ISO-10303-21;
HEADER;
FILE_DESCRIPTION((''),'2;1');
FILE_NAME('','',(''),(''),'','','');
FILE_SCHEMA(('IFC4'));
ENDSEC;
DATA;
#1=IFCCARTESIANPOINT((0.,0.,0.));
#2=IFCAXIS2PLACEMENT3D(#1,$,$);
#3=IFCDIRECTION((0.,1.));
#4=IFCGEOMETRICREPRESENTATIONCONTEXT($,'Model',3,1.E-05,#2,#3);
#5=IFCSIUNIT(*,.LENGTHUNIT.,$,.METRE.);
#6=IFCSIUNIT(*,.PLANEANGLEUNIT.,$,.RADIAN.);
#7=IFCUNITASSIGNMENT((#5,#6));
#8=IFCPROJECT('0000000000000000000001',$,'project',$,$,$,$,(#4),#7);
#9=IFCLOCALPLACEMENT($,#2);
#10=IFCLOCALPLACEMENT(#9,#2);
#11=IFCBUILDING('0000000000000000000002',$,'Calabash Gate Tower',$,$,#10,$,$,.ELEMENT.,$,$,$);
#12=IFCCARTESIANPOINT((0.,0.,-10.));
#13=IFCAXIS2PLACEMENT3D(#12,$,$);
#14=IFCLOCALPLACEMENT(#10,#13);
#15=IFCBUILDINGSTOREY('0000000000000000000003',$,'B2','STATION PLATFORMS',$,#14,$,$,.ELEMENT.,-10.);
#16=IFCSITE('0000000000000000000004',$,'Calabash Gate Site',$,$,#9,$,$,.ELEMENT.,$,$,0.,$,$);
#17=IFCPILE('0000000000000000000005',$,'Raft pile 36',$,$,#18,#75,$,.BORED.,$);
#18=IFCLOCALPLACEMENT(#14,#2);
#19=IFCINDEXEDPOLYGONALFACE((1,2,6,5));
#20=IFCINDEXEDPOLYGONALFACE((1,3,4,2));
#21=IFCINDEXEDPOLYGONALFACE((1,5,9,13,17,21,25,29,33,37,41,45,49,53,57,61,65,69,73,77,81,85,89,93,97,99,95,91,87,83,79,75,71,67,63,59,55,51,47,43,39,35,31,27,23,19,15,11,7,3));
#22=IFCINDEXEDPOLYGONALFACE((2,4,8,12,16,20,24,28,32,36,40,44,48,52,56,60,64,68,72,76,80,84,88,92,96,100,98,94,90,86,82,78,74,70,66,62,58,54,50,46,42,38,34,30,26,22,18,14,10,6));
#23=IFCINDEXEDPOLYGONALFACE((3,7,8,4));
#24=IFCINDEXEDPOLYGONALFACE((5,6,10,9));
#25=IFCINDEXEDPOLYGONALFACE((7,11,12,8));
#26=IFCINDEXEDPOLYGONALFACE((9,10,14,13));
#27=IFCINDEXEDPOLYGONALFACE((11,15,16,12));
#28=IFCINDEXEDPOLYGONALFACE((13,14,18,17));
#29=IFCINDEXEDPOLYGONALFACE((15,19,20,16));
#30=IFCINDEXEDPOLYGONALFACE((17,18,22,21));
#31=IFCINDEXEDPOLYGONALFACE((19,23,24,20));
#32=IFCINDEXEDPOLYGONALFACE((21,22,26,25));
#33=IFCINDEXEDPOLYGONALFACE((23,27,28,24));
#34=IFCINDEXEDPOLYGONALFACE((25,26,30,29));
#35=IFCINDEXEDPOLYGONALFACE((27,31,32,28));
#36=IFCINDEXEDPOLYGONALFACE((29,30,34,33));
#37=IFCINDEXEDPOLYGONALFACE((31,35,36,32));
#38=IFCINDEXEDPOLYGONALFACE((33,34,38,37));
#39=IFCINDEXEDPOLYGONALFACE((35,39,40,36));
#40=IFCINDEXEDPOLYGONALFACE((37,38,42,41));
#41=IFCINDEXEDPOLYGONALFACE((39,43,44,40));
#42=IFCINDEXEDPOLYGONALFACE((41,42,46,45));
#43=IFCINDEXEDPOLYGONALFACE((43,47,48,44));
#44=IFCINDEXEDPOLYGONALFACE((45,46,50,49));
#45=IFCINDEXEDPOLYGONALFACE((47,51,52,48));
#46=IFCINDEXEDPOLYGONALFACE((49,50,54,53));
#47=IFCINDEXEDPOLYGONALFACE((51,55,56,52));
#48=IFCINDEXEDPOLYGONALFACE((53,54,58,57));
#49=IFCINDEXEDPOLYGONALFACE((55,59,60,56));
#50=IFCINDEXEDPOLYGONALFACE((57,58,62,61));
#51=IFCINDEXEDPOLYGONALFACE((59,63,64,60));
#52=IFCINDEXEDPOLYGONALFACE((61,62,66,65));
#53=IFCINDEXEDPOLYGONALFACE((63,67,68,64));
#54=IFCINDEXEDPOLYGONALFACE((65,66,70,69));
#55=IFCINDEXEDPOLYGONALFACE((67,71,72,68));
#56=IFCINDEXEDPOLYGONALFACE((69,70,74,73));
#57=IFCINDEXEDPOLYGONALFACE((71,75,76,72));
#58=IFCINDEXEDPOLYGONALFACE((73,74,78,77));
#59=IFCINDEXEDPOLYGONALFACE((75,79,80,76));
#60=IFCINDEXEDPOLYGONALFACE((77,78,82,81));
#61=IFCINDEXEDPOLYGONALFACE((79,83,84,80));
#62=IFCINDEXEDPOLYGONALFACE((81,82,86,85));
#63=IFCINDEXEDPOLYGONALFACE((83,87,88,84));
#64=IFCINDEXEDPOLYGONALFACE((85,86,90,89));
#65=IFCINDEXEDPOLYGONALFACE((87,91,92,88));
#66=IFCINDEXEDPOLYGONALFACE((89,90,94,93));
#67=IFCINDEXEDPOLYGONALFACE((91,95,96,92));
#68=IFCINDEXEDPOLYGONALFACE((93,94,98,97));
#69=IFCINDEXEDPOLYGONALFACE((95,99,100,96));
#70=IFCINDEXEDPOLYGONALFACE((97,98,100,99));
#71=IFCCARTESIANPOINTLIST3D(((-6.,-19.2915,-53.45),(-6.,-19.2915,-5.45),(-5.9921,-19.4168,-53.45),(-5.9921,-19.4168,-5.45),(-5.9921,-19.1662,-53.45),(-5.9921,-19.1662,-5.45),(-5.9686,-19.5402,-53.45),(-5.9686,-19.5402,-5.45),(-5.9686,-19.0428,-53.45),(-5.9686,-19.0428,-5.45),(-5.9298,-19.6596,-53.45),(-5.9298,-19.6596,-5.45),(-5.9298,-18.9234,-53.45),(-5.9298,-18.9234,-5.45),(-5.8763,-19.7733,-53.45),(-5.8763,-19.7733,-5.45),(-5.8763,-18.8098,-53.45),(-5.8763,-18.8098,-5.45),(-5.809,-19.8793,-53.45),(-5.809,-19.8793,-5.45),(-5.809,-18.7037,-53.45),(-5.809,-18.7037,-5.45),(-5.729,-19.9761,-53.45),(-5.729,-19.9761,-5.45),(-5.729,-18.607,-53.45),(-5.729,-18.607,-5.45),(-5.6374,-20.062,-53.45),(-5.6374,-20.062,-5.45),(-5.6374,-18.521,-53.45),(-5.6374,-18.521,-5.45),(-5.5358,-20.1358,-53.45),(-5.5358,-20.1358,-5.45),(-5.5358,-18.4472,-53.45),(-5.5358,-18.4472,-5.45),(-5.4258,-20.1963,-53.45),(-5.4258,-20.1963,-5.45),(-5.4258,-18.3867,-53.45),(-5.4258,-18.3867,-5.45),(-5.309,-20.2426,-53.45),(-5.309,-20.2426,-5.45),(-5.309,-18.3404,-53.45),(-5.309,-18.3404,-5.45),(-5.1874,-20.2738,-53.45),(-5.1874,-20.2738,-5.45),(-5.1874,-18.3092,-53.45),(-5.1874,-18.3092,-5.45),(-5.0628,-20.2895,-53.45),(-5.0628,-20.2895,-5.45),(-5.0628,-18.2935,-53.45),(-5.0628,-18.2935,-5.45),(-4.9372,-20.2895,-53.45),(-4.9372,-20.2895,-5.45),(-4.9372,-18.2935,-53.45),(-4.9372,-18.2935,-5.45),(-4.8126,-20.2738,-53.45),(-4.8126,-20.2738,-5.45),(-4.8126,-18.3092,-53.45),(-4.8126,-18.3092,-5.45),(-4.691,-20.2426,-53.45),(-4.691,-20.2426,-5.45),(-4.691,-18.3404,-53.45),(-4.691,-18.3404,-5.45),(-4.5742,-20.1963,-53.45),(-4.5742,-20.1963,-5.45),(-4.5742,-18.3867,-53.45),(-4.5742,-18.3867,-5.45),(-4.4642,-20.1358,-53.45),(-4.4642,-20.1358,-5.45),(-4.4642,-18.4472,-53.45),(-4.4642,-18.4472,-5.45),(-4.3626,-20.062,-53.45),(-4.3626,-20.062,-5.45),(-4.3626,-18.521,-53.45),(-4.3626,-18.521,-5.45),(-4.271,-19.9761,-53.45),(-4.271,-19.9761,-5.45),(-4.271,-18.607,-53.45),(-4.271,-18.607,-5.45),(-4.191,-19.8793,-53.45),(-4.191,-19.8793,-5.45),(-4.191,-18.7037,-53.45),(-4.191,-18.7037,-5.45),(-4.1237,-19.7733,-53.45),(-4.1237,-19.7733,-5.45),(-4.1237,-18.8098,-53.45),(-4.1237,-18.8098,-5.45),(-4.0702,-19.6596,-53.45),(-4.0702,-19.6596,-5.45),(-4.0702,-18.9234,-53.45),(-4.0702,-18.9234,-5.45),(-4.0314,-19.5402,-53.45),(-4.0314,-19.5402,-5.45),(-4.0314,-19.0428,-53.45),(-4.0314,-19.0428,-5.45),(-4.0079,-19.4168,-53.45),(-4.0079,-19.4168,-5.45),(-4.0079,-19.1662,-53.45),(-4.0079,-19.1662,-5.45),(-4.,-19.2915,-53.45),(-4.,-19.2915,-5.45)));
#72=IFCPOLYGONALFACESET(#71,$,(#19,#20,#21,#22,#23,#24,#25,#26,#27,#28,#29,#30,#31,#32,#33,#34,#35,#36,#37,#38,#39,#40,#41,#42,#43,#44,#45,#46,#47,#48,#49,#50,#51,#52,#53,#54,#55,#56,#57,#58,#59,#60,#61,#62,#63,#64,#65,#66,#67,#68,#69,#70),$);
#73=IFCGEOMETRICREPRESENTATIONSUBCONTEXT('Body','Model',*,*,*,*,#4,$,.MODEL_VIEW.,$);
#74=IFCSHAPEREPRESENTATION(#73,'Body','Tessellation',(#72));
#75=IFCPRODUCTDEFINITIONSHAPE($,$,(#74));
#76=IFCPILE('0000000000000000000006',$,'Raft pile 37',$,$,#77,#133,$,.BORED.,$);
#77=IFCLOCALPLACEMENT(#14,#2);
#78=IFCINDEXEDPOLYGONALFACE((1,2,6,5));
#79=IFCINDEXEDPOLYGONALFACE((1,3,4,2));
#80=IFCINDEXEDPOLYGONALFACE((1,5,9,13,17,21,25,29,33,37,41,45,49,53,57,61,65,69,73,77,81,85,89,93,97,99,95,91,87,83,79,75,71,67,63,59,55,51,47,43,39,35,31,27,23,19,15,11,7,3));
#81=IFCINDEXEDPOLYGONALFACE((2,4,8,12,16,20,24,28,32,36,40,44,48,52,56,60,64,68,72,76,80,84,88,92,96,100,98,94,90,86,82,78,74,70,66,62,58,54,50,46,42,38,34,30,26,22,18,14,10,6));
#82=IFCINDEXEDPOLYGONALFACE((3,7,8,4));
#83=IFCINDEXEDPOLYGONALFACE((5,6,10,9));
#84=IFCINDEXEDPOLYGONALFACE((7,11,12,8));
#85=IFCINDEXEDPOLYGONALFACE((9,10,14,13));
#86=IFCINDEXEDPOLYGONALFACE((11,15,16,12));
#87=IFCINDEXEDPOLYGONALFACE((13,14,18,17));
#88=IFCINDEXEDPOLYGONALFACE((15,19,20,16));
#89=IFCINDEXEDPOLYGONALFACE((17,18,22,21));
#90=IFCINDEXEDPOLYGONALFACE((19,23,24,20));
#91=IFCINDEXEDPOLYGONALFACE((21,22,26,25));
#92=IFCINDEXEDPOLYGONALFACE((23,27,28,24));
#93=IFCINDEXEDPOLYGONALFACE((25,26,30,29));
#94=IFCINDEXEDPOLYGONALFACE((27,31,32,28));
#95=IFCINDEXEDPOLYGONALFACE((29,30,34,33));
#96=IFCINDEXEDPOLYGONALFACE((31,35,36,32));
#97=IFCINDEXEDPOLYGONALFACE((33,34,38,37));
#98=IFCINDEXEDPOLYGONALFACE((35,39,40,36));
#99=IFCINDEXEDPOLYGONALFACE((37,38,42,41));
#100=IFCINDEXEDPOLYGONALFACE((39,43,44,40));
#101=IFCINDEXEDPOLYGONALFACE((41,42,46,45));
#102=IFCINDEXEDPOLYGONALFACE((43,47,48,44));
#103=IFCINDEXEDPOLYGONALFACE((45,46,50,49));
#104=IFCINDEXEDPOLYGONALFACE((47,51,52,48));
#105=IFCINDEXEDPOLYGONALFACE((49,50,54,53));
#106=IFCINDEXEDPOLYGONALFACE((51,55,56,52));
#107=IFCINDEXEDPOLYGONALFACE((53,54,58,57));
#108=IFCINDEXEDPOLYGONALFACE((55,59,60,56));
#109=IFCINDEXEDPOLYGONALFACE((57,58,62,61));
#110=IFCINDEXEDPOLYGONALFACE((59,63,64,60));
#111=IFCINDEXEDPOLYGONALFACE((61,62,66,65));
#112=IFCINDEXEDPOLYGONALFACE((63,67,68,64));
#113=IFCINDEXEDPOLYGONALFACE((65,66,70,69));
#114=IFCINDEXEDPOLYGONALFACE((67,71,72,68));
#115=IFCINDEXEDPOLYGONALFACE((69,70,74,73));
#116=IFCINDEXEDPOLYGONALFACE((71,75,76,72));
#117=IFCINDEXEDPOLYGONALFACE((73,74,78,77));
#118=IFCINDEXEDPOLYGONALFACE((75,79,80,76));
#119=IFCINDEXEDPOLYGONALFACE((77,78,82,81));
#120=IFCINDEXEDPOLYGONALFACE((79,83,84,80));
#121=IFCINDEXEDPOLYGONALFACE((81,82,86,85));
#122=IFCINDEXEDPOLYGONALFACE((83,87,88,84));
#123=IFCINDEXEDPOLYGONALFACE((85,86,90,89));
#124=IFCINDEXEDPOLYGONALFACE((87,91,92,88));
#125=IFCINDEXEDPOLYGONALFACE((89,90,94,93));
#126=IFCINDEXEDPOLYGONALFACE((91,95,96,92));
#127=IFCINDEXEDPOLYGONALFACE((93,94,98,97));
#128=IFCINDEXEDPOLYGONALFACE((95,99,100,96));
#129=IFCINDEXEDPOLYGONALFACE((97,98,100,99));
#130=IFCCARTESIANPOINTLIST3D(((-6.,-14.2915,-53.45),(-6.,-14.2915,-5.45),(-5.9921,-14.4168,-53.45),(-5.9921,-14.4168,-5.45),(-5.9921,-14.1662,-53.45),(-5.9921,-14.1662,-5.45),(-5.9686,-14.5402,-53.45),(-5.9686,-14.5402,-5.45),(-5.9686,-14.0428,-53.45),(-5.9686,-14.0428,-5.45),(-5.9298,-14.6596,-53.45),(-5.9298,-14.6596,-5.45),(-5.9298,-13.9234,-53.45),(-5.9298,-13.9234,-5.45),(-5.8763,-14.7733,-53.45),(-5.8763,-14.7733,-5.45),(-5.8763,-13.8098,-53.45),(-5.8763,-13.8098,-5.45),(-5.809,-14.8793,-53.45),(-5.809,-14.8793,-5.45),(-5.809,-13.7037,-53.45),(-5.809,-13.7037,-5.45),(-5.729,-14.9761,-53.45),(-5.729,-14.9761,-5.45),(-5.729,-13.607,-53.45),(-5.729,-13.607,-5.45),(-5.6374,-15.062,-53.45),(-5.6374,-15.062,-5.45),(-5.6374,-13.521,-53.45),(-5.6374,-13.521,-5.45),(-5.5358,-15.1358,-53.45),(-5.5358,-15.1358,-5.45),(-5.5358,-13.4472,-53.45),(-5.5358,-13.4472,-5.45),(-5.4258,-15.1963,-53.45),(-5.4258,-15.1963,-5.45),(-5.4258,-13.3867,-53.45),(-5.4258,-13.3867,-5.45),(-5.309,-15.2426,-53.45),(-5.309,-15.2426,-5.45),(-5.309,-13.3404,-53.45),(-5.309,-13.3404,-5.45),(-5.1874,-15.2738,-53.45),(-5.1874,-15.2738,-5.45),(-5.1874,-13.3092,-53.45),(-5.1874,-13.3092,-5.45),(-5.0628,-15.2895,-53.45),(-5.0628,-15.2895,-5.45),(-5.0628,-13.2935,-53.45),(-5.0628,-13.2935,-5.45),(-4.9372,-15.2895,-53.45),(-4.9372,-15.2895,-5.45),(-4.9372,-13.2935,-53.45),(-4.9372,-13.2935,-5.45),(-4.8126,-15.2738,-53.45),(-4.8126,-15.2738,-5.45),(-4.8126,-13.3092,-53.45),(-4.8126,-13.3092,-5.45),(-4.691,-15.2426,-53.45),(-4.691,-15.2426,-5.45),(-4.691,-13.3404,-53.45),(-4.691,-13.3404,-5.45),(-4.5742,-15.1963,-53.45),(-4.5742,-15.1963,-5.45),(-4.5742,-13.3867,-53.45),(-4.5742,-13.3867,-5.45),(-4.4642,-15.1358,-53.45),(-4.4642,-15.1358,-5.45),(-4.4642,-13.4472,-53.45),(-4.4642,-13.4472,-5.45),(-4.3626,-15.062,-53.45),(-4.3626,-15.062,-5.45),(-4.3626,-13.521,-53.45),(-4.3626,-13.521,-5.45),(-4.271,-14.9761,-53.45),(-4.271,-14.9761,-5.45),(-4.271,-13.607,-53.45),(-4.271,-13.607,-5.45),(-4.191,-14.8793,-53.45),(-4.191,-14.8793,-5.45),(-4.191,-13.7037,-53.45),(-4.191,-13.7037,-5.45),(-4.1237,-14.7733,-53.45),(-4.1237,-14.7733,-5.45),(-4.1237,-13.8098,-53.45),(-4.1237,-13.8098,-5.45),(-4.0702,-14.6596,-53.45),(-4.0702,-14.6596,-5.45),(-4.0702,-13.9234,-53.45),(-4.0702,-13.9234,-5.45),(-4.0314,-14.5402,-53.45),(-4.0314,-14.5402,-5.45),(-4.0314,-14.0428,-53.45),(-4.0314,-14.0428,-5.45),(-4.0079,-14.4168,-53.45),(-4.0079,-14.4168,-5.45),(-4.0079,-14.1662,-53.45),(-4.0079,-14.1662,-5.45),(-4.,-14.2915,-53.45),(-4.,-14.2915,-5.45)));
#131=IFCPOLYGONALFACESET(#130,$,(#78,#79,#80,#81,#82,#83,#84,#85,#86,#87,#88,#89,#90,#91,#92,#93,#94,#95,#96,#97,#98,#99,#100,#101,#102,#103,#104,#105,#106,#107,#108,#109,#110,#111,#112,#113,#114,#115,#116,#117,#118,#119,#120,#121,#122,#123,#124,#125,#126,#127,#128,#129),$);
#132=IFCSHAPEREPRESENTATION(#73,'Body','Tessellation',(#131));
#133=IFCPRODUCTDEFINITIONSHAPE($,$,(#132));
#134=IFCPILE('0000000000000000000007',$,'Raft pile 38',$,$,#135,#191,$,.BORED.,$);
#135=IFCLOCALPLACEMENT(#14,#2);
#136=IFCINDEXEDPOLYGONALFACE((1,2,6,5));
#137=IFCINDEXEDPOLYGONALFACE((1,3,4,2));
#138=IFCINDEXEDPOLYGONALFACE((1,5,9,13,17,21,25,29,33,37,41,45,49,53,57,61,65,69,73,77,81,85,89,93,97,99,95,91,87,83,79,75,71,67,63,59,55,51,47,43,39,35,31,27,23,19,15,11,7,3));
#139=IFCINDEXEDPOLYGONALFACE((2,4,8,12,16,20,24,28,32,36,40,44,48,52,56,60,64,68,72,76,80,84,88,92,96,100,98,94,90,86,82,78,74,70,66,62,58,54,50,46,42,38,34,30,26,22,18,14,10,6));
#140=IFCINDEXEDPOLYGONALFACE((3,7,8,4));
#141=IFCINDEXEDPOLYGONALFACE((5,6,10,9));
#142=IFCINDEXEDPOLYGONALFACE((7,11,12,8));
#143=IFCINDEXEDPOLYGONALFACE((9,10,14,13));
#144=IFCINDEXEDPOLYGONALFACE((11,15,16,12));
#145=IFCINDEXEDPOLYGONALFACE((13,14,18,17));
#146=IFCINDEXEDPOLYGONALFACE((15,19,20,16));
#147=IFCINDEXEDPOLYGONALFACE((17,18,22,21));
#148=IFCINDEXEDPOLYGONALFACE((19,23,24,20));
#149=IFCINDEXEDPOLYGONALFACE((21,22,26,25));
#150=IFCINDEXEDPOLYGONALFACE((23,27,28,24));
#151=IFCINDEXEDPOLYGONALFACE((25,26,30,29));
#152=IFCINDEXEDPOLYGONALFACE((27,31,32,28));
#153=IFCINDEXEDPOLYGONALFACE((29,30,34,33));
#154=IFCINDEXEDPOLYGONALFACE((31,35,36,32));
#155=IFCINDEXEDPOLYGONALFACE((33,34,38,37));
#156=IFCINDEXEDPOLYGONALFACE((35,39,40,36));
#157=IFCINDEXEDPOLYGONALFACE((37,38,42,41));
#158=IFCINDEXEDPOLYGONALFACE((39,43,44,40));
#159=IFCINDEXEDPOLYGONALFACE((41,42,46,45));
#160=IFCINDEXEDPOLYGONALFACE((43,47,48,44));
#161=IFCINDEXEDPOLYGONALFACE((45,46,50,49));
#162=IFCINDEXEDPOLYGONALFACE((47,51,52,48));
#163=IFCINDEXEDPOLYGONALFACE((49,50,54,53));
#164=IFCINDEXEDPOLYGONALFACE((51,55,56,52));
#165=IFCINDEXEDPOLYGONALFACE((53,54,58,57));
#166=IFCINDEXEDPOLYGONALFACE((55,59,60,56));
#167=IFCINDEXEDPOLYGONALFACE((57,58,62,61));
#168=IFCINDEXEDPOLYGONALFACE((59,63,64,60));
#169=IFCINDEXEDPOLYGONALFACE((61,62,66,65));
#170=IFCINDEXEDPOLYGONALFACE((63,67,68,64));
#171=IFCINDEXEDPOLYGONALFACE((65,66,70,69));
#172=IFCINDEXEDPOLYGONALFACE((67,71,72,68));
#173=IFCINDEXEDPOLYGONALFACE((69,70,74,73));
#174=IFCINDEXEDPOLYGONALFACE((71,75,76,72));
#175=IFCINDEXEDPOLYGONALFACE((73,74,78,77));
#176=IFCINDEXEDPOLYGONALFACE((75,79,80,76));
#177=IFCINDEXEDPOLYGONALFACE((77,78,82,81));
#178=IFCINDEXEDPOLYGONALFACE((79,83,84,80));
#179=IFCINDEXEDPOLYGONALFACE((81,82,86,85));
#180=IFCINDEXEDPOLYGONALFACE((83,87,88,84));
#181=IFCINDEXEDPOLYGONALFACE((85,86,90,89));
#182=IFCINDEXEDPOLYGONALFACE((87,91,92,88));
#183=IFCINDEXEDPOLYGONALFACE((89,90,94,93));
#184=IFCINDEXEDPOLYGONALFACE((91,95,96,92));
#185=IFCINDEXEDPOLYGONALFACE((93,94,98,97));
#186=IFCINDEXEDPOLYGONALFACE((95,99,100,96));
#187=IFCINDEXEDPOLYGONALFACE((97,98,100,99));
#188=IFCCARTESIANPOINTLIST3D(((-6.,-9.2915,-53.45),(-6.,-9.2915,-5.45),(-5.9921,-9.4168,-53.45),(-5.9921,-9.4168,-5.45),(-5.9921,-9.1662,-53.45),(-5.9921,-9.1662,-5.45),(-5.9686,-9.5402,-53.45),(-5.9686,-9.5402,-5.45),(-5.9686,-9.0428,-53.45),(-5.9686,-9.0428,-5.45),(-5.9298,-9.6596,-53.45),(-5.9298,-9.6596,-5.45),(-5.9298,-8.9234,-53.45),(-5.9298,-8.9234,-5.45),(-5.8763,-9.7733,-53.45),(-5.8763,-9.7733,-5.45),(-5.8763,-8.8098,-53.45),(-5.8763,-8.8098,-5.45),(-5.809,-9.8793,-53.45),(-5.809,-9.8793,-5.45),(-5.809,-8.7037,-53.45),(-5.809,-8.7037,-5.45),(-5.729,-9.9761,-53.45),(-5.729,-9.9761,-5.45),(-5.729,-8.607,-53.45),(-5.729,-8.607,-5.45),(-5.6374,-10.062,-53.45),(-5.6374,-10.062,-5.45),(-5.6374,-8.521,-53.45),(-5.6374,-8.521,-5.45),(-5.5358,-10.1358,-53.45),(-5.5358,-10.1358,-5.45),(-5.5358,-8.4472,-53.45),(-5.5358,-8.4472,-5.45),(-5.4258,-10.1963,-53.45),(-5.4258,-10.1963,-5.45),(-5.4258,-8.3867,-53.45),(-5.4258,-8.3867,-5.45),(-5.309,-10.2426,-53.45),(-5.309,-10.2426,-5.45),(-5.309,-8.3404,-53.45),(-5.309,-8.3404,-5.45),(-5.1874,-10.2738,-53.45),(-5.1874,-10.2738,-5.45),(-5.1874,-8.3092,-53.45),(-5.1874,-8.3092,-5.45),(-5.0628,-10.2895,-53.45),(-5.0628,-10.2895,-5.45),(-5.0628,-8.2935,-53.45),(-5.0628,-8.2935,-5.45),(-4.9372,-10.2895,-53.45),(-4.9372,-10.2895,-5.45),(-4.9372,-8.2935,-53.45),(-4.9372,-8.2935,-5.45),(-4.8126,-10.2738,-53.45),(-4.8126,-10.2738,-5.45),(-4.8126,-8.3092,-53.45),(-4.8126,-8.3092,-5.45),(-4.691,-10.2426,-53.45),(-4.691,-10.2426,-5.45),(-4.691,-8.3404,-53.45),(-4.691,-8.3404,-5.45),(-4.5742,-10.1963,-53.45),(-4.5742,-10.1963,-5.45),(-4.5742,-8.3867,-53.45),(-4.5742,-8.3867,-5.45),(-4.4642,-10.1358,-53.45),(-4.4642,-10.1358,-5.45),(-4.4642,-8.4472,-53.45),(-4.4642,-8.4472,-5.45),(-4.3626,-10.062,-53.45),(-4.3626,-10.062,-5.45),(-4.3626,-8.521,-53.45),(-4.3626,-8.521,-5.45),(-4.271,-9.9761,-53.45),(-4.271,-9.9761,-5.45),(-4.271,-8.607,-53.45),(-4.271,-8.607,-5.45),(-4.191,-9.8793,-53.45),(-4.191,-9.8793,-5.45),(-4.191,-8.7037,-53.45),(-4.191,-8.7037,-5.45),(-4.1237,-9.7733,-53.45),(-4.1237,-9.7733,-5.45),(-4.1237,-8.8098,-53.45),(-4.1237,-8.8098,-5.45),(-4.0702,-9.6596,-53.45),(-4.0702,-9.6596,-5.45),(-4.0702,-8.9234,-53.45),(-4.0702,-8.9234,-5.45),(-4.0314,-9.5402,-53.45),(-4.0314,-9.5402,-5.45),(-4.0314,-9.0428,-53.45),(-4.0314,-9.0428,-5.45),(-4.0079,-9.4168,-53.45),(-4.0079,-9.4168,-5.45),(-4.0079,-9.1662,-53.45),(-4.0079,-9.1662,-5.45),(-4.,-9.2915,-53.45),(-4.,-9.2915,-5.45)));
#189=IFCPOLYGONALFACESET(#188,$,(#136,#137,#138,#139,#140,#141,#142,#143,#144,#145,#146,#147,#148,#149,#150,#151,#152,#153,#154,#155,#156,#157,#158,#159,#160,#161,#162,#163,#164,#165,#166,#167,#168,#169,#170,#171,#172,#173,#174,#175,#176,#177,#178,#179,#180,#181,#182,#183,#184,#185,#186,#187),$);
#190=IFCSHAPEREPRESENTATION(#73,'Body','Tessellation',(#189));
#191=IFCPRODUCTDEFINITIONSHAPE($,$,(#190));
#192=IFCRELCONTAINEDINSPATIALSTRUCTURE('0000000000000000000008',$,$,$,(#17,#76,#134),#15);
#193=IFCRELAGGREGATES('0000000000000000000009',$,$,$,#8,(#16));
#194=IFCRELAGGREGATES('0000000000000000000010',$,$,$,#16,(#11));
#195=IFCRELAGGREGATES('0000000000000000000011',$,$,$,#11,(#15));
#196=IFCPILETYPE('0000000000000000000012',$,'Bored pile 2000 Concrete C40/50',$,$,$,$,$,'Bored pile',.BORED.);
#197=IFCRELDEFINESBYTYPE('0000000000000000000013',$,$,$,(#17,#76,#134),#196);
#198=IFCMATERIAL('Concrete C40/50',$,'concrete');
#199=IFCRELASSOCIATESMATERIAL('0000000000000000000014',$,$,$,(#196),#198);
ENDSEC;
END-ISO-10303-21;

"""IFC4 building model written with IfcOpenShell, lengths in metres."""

from ifc_helpers import new_model, si_unit, direction, frame, origin, origin_2d, place, context, subcontext, project, spatial, circle, extrude, material, material_profile, profile_set, type_object, element, save


model = new_model("IFC4")

# Units and contexts
model_context = context("Model", 3, precision=1e-05, world=origin(), true_north=direction((0.0, 1.0)))
body_context = subcontext(model_context, "Body", "Model", "MODEL_VIEW")
ifc_project = project(units=[si_unit("LENGTHUNIT", "METRE"), si_unit("PLANEANGLEUNIT", "RADIAN")], contexts=[model_context])

# Site, building, storey
site_placement = place(None, origin())
site = spatial("IfcSite", under=ifc_project, at=site_placement, Name="Calabash Gate Site", CompositionType="ELEMENT", RefElevation=0.0)
building_placement = place(site_placement, origin())
building = spatial("IfcBuilding", under=site, at=building_placement, Name="Calabash Gate Tower", CompositionType="ELEMENT")
storey_placement = place(building_placement, frame((0.0, 0.0, -10.0)))
storey = spatial("IfcBuildingStorey", under=building, at=storey_placement, Name="B2", Description="STATION PLATFORMS", CompositionType="ELEMENT", Elevation=-10.0)

# Piles
ifc_material_1 = material(Name="Concrete C40/50", Category="concrete")
ifc_material_profile_1 = material_profile(ifc_material_1, circle(Radius=1.0, at=origin_2d()))
ifc_profile_set_1 = profile_set([ifc_material_profile_1], Name="Concrete C40/50")
pile_type_1 = type_object("IfcPileType", Name="Bored pile 2000 Concrete C40/50", ElementType="Bored pile", PredefinedType="BORED", material=ifc_profile_set_1)
for number, where, z_axis, x_axis, name in (
    (1, (-5.0, -19.2915, -5.45), (0.0, 0.0, -1.0), (1.0, 0.0, 0.0), "Raft pile 36"),
    (2, (-5.0, -14.2915, -5.45), (0.0, 0.0, -1.0), (1.0, 0.0, 0.0), "Raft pile 37"),
    (3, (-5.0, -9.2915, -5.45), (0.0, 0.0, -1.0), (1.0, 0.0, 0.0), "Raft pile 38"),
):
    element("IfcPile", number, at=place(storey_placement, frame(where, z_axis=z_axis, x_axis=x_axis)), inside=storey, type_object=pile_type_1, Name=name, PredefinedType="BORED", context=body_context, shape_type="SweptSolid", body=[
        extrude(circle(Radius=1.0, at=origin_2d()), origin(), (0.0, 0.0, 1.0), 48.0),
    ])

save(model, "model.ifc")
